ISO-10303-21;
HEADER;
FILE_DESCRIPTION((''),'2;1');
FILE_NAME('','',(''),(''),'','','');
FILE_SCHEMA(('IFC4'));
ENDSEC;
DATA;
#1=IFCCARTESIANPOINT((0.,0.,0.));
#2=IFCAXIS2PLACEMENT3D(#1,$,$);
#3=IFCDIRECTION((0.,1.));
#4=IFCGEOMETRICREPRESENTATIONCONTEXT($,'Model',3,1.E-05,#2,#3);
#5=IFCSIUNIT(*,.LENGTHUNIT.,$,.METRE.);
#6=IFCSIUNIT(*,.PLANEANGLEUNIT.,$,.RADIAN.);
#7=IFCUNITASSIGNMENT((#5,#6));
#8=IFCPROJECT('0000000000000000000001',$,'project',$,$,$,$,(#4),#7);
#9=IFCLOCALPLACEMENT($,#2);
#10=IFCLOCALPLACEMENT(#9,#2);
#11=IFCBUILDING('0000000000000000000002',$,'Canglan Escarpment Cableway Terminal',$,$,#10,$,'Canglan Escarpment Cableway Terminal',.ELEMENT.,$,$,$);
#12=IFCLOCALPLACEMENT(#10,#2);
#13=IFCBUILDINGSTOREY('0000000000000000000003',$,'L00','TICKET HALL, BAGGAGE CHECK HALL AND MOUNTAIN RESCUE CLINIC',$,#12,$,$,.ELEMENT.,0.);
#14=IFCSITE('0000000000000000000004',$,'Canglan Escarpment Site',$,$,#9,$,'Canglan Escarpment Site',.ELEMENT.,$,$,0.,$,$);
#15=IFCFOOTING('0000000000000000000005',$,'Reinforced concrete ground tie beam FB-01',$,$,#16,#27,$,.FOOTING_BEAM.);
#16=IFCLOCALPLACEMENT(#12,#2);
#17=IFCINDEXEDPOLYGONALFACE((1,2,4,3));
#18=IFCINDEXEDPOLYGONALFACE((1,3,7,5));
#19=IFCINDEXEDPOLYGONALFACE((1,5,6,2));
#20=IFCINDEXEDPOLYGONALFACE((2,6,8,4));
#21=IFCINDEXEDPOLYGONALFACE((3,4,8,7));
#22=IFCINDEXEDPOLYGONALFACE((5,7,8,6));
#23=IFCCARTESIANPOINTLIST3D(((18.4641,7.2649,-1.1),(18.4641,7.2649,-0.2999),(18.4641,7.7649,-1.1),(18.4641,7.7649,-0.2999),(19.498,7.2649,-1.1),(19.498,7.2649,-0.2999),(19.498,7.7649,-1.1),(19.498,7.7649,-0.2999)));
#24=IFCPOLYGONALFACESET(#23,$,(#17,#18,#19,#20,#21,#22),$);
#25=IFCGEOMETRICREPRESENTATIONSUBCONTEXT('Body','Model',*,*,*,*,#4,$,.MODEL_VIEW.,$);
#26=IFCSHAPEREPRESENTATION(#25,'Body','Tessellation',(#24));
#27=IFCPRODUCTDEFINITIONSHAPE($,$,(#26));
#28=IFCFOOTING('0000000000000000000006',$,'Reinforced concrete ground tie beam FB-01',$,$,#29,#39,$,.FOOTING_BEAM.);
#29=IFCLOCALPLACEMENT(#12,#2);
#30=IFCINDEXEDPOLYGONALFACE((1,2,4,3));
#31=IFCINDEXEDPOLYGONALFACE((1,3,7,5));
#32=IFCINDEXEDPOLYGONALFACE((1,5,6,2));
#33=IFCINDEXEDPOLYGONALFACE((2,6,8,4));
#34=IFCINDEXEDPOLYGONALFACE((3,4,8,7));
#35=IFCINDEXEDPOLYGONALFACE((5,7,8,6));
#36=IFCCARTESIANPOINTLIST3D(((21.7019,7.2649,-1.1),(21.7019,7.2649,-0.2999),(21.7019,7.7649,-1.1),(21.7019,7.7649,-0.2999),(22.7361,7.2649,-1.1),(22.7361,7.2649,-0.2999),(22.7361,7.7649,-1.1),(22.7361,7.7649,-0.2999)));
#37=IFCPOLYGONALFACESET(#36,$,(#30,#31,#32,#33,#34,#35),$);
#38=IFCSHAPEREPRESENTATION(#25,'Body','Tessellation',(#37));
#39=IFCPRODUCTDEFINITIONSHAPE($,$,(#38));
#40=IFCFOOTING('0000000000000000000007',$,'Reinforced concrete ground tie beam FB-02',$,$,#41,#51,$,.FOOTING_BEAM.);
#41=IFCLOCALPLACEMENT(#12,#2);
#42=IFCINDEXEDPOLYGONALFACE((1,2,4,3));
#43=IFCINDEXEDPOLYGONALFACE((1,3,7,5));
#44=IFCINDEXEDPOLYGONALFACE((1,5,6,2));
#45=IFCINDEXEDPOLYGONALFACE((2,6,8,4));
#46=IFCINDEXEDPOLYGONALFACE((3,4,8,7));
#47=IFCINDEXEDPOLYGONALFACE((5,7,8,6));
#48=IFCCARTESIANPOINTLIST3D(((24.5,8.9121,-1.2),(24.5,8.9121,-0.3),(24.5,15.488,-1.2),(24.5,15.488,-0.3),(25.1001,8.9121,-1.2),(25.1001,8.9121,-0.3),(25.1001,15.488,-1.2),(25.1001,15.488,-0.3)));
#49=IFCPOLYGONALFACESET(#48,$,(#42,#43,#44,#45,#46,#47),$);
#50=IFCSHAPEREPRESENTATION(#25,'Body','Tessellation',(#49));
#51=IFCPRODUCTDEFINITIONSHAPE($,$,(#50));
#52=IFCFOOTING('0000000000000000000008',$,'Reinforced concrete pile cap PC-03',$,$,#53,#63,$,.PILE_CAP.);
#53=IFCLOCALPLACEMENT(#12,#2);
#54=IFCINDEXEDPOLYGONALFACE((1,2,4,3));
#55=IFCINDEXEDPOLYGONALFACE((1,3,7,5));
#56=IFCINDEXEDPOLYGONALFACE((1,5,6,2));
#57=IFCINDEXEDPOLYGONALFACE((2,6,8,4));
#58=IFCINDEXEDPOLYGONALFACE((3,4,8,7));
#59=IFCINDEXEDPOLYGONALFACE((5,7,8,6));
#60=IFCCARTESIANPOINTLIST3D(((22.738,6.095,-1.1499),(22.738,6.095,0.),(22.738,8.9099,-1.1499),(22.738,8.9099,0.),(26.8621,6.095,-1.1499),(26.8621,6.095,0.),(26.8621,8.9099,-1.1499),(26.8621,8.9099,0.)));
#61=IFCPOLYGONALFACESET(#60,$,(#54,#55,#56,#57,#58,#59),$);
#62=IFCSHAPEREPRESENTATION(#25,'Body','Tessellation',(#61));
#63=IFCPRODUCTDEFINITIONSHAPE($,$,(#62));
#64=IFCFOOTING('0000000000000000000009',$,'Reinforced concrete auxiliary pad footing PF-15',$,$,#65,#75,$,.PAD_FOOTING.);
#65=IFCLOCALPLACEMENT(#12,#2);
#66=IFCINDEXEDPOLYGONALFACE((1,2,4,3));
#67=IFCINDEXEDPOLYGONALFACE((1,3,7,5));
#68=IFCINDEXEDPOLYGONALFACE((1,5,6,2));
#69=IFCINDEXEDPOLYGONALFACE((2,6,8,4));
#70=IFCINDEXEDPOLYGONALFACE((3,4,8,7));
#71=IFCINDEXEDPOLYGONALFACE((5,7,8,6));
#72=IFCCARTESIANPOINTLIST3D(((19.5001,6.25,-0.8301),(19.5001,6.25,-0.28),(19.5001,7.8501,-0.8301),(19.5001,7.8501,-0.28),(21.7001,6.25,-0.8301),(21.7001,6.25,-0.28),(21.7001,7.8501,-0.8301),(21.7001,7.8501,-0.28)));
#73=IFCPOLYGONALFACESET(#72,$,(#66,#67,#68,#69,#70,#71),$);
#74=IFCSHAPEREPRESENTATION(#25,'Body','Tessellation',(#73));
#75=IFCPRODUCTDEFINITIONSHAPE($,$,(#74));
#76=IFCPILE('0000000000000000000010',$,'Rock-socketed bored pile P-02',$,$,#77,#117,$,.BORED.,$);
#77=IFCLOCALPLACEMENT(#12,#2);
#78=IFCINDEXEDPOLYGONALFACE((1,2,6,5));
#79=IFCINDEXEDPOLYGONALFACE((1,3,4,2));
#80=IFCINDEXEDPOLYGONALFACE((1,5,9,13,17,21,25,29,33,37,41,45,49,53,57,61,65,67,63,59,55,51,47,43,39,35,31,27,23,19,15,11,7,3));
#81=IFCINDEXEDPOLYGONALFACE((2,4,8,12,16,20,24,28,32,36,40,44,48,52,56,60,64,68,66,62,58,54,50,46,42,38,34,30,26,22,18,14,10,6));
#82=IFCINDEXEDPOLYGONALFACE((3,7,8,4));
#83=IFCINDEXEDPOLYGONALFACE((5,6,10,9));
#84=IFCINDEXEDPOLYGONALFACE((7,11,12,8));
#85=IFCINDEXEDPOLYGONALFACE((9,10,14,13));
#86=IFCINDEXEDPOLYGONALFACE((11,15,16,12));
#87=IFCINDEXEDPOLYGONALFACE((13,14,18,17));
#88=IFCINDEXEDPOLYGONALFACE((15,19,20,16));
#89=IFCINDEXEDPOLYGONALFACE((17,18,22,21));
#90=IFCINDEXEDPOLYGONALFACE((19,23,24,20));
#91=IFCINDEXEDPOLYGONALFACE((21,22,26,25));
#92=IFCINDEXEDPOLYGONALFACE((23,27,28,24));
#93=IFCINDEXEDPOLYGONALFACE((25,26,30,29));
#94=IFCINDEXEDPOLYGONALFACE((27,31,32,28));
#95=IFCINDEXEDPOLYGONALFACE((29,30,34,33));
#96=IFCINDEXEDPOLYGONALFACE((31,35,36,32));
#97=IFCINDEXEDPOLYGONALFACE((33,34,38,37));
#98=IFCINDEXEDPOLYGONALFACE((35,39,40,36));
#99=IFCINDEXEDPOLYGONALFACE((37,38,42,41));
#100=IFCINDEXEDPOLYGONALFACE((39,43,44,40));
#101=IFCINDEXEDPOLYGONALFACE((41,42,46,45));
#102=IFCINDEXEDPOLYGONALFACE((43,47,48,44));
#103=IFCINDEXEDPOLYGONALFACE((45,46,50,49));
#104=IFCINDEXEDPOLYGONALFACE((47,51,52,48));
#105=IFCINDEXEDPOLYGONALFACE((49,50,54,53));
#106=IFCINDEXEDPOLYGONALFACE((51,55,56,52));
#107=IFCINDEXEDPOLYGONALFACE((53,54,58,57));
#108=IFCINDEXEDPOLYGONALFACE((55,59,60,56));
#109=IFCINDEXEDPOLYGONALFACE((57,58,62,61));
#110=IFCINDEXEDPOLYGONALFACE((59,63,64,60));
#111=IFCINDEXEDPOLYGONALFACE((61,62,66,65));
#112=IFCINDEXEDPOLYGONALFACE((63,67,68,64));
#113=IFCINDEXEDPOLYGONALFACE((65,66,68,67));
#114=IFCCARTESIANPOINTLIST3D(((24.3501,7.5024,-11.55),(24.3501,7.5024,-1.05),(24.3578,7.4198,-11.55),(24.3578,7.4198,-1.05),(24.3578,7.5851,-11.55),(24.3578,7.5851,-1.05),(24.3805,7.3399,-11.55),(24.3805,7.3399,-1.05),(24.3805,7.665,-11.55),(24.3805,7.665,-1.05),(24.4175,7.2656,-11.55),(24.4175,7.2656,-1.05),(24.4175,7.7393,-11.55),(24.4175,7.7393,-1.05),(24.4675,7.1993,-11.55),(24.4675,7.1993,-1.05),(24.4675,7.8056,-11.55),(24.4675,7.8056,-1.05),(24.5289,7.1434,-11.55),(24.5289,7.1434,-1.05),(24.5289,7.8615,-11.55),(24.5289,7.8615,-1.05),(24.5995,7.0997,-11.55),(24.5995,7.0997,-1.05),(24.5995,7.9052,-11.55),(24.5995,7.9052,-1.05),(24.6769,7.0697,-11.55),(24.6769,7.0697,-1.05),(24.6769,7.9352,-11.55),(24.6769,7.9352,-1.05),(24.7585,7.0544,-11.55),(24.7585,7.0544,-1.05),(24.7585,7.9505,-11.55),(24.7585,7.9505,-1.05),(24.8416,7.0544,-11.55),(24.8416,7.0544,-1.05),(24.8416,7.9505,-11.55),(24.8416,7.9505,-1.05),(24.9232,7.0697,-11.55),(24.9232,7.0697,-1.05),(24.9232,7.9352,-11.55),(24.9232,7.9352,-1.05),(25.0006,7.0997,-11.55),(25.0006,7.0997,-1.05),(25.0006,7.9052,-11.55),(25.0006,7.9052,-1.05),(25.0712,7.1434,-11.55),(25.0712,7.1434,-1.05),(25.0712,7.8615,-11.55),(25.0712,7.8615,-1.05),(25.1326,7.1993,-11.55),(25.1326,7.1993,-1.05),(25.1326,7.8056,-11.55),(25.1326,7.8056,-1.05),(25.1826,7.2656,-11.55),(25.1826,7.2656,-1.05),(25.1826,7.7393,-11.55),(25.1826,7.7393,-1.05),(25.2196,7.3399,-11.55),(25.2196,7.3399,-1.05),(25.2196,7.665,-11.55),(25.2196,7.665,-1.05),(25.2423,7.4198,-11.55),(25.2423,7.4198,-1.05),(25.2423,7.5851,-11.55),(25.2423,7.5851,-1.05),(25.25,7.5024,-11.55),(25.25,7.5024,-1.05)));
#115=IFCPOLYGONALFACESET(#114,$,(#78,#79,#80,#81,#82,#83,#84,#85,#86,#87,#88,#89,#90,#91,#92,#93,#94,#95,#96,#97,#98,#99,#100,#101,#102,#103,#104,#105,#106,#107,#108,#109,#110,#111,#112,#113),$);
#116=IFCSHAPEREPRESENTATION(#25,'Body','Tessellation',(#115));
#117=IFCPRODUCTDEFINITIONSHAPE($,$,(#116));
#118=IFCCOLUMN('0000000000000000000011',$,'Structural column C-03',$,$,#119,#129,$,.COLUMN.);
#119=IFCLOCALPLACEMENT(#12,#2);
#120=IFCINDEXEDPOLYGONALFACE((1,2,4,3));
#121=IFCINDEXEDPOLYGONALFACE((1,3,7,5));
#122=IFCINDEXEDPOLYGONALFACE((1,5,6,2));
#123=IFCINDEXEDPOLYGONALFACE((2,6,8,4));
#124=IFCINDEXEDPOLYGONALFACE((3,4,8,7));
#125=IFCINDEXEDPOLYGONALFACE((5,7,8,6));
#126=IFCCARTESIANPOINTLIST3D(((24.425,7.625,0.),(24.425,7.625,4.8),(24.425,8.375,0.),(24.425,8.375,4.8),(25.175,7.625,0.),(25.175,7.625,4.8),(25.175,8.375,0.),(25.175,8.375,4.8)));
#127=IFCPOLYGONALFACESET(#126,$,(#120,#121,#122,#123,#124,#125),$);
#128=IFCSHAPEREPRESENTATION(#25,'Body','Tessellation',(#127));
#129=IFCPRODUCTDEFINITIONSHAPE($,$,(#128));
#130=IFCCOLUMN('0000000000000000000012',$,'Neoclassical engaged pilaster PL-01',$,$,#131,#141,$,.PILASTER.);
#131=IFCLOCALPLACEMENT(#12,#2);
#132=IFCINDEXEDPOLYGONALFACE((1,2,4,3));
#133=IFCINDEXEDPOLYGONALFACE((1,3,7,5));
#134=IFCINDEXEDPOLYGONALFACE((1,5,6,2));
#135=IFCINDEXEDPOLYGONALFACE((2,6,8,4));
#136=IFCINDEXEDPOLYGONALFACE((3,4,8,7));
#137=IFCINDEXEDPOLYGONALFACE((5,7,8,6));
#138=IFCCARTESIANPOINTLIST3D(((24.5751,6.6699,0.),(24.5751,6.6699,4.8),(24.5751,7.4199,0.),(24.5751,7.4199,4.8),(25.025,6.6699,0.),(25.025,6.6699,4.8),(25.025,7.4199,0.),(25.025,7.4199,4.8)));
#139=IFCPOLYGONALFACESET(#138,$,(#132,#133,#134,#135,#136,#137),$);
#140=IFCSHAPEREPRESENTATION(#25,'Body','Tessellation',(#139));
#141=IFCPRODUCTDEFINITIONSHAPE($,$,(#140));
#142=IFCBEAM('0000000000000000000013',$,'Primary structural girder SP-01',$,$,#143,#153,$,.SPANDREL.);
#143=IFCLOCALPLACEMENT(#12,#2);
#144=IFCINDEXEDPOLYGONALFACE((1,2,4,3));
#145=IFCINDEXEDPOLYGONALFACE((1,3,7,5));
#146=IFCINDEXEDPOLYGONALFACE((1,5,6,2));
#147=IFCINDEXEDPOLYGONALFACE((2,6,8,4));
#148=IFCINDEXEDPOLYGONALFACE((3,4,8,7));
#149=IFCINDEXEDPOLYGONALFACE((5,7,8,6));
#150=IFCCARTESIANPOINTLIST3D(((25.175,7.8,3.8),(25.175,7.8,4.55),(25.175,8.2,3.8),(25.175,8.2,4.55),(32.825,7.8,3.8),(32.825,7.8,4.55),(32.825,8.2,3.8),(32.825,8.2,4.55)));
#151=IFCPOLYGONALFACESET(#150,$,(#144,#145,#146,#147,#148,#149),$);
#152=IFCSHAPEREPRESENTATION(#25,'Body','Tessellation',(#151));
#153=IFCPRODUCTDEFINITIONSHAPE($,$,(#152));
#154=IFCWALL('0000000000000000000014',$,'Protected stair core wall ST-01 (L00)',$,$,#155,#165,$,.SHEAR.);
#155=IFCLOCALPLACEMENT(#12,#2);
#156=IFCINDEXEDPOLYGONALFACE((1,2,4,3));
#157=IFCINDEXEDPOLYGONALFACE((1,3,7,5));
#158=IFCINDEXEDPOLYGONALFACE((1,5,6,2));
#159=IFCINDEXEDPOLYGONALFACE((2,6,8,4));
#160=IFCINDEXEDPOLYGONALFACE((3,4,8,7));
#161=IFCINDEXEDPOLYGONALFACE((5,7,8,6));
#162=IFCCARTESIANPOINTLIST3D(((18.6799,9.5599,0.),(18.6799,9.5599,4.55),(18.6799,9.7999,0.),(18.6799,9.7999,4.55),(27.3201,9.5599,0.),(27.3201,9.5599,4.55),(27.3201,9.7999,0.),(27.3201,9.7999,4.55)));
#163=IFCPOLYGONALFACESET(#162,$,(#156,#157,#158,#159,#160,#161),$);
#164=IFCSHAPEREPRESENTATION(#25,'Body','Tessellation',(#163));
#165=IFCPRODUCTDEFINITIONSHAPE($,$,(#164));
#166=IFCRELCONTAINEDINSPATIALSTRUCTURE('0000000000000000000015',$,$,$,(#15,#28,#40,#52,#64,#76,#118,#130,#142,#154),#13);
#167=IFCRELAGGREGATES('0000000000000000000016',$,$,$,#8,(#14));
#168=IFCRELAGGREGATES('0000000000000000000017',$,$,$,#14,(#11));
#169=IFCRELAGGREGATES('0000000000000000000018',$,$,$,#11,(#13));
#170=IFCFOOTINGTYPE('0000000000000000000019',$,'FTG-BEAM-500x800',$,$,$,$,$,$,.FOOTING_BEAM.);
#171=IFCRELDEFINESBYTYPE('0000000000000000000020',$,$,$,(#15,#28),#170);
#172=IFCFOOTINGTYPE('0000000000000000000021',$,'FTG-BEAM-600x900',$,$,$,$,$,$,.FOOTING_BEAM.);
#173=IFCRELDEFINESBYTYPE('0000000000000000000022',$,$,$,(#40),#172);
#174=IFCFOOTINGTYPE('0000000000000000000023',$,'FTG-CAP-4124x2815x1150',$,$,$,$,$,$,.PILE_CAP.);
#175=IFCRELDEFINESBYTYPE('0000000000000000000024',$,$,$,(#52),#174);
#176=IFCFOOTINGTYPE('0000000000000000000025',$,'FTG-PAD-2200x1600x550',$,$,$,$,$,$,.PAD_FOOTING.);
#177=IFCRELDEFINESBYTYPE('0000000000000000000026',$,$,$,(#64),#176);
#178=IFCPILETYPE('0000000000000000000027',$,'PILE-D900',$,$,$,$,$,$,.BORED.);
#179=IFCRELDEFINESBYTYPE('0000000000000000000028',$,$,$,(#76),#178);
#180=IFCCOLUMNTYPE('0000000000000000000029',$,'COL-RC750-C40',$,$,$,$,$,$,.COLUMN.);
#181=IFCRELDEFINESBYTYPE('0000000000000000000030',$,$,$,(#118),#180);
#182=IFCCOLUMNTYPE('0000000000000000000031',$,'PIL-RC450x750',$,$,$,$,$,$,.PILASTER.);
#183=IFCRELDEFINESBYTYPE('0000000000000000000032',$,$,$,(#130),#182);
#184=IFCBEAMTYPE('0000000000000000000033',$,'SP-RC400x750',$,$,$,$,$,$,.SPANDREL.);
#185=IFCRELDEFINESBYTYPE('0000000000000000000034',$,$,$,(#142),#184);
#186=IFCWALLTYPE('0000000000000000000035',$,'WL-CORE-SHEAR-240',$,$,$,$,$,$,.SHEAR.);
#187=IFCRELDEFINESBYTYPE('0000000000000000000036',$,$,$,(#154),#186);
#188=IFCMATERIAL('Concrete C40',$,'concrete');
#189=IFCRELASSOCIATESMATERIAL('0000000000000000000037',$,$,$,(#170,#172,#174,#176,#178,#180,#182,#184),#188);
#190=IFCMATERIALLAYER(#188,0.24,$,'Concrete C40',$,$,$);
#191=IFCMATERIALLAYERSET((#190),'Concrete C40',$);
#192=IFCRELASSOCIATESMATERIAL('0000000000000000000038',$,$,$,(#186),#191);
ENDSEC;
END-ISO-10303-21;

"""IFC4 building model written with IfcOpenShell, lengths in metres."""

from ifc_helpers import new_model, si_unit, direction, frame, frame_2d, origin, origin_2d, place, context, subcontext, project, spatial, rectangle, circle, extrude, material, layer, layer_set, material_profile, profile_set, type_object, element, save


model = new_model("IFC4")

# Units and contexts
model_context = context("Model", 3, precision=1e-05, world=origin(), true_north=direction((0.0, 1.0)))
body_context = subcontext(model_context, "Body", "Model", "MODEL_VIEW")
ifc_project = project(units=[si_unit("LENGTHUNIT", "METRE"), si_unit("PLANEANGLEUNIT", "RADIAN")], contexts=[model_context])

# Site, building, storey
site_placement = place(None, origin())
site = spatial("IfcSite", under=ifc_project, at=site_placement, Name="Canglan Escarpment Site", LongName="Canglan Escarpment Site", CompositionType="ELEMENT", RefElevation=0.0)
building_placement = place(site_placement, origin())
building = spatial("IfcBuilding", under=site, at=building_placement, Name="Canglan Escarpment Cableway Terminal", LongName="Canglan Escarpment Cableway Terminal", CompositionType="ELEMENT")
storey_placement = place(building_placement, origin())
storey = spatial("IfcBuildingStorey", under=building, at=storey_placement, Name="L00", Description="TICKET HALL, BAGGAGE CHECK HALL AND MOUNTAIN RESCUE CLINIC", CompositionType="ELEMENT", Elevation=0.0)

# Footings
ifc_material_1 = material(Name="Concrete C40", Category="concrete")
ifc_material_profile_1 = material_profile(ifc_material_1, rectangle(XDim=0.5, YDim=0.8, at=origin_2d()), Name="FB 500x800")
ifc_profile_set_1 = profile_set([ifc_material_profile_1], Name="Concrete C40")
footing_type_1 = type_object("IfcFootingType", Name="FTG-BEAM-500x800", PredefinedType="FOOTING_BEAM", material=ifc_profile_set_1)
footing_1_placement = place(storey_placement, frame((18.4641, 7.5149, -0.7), z_axis=(1.0, 0.0, 0.0), x_axis=(0.0, 1.0, 0.0)))
element("IfcFooting", 1, at=footing_1_placement, inside=storey, type_object=footing_type_1, Name="Reinforced concrete ground tie beam FB-01", PredefinedType="FOOTING_BEAM", context=body_context, shape_type="SweptSolid", body=[
    extrude(rectangle(XDim=0.5, YDim=0.8, at=origin_2d()), origin(), (0.0, 0.0, 1.0), 1.0339),
])
footing_2_placement = place(storey_placement, frame((21.7019, 7.5149, -0.7), z_axis=(1.0, 0.0, 0.0), x_axis=(0.0, 1.0, 0.0)))
element("IfcFooting", 2, at=footing_2_placement, inside=storey, type_object=footing_type_1, Name="Reinforced concrete ground tie beam FB-01", PredefinedType="FOOTING_BEAM", context=body_context, shape_type="SweptSolid", body=[
    extrude(rectangle(XDim=0.5, YDim=0.8, at=origin_2d()), origin(), (0.0, 0.0, 1.0), 1.0342),
])
ifc_material_profile_2 = material_profile(ifc_material_1, rectangle(XDim=0.6001, YDim=0.8999, at=origin_2d()), Name="FB 600x900")
ifc_profile_set_2 = profile_set([ifc_material_profile_2], Name="Concrete C40")
footing_type_2 = type_object("IfcFootingType", Name="FTG-BEAM-600x900", PredefinedType="FOOTING_BEAM", material=ifc_profile_set_2)
footing_3_placement = place(storey_placement, frame((24.8, 8.9121, -0.75), z_axis=(0.0, 1.0, 0.0), x_axis=(-1.0, 0.0, 0.0)))
element("IfcFooting", 3, at=footing_3_placement, inside=storey, type_object=footing_type_2, Name="Reinforced concrete ground tie beam FB-02", PredefinedType="FOOTING_BEAM", context=body_context, shape_type="SweptSolid", body=[
    extrude(rectangle(XDim=0.6001, YDim=0.8999, at=origin_2d()), origin(), (0.0, 0.0, 1.0), 6.5759),
])
footing_type_3 = type_object("IfcFootingType", Name="FTG-CAP-4124x2815x1150", PredefinedType="PILE_CAP", material=ifc_material_1)
footing_4_placement = place(storey_placement, frame((24.8, 7.5024, -1.1499), z_axis=(0.0, 0.0, 1.0), x_axis=(1.0, 0.0, 0.0)))
element("IfcFooting", 4, at=footing_4_placement, inside=storey, type_object=footing_type_3, Name="Reinforced concrete pile cap PC-03", PredefinedType="PILE_CAP", context=body_context, shape_type="SweptSolid", body=[
    extrude(rectangle(XDim=4.124, YDim=2.8149, at=origin_2d()), origin(), (0.0, 0.0, 1.0), 1.1499),
])
footing_type_4 = type_object("IfcFootingType", Name="FTG-PAD-2200x1600x550", PredefinedType="PAD_FOOTING", material=ifc_material_1)
footing_5_placement = place(storey_placement, frame((20.6001, 7.05, -0.8301), z_axis=(0.0, 0.0, 1.0), x_axis=(1.0, 0.0, 0.0)))
element("IfcFooting", 5, at=footing_5_placement, inside=storey, type_object=footing_type_4, Name="Reinforced concrete auxiliary pad footing PF-15", PredefinedType="PAD_FOOTING", context=body_context, shape_type="SweptSolid", body=[
    extrude(rectangle(XDim=2.2, YDim=1.6001, at=origin_2d()), origin(), (0.0, 0.0, 1.0), 0.55),
])

# Pile
ifc_material_profile_3 = material_profile(ifc_material_1, circle(Radius=0.45, at=origin_2d()), Name="BORED PILE D900")
ifc_profile_set_3 = profile_set([ifc_material_profile_3], Name="Concrete C40")
pile_type = type_object("IfcPileType", Name="PILE-D900", PredefinedType="BORED", material=ifc_profile_set_3)
pile_placement = place(storey_placement, frame((24.8, 7.5024, -1.05), z_axis=(0.0, 0.0, -1.0), x_axis=(1.0, 0.0, 0.0)))
element("IfcPile", 6, at=pile_placement, inside=storey, type_object=pile_type, Name="Rock-socketed bored pile P-02", PredefinedType="BORED", context=body_context, shape_type="SweptSolid", body=[
    extrude(circle(Radius=0.45, at=origin_2d()), origin(), (0.0, 0.0, 1.0), 10.5),
])

# Columns
ifc_material_profile_4 = material_profile(ifc_material_1, rectangle(XDim=0.75, YDim=0.75, at=origin_2d()), Name="RC 750x750")
ifc_profile_set_4 = profile_set([ifc_material_profile_4], Name="Concrete C40")
column_type_1 = type_object("IfcColumnType", Name="COL-RC750-C40", PredefinedType="COLUMN", material=ifc_profile_set_4)
column_1_placement = place(storey_placement, frame((24.8, 8.0, 0.0), z_axis=(0.0, 0.0, 1.0), x_axis=(1.0, 0.0, 0.0)))
element("IfcColumn", 7, at=column_1_placement, inside=storey, type_object=column_type_1, Name="Structural column C-03", PredefinedType="COLUMN", context=body_context, shape_type="SweptSolid", body=[
    extrude(rectangle(XDim=0.75, YDim=0.75, at=origin_2d()), origin(), (0.0, 0.0, 1.0), 4.8),
])
ifc_material_profile_5 = material_profile(ifc_material_1, rectangle(XDim=0.45, YDim=0.75, at=origin_2d()), Name="RC-PIL 450x750")
ifc_profile_set_5 = profile_set([ifc_material_profile_5], Name="Concrete C40")
column_type_2 = type_object("IfcColumnType", Name="PIL-RC450x750", PredefinedType="PILASTER", material=ifc_profile_set_5)
column_2_placement = place(storey_placement, frame((24.8, 7.0449, 0.0), z_axis=(0.0, 0.0, 1.0), x_axis=(1.0, 0.0, 0.0)))
element("IfcColumn", 8, at=column_2_placement, inside=storey, type_object=column_type_2, Name="Neoclassical engaged pilaster PL-01", PredefinedType="PILASTER", context=body_context, shape_type="SweptSolid", body=[
    extrude(rectangle(XDim=0.45, YDim=0.75, at=origin_2d()), origin(), (0.0, 0.0, 1.0), 4.8),
])

# Beam
ifc_material_profile_6 = material_profile(ifc_material_1, rectangle(XDim=0.3999, YDim=0.75, at=origin_2d()), Name="RC 400x750")
ifc_profile_set_6 = profile_set([ifc_material_profile_6], Name="Concrete C40")
beam_type = type_object("IfcBeamType", Name="SP-RC400x750", PredefinedType="SPANDREL", material=ifc_profile_set_6)
beam_placement = place(storey_placement, frame((25.175, 8.0, 4.175), z_axis=(1.0, 0.0, 0.0), x_axis=(0.0, 1.0, 0.0)))
element("IfcBeam", 9, at=beam_placement, inside=storey, type_object=beam_type, Name="Primary structural girder SP-01", PredefinedType="SPANDREL", context=body_context, shape_type="SweptSolid", body=[
    extrude(rectangle(XDim=0.3999, YDim=0.75, at=origin_2d()), origin(), (0.0, 0.0, 1.0), 7.6499),
])

# Wall
ifc_layer_1 = layer(ifc_material_1, 0.24, Name="Concrete C40")
ifc_layer_set_1 = layer_set([ifc_layer_1], Name="Concrete C40")
wall_type_1 = type_object("IfcWallType", Name="WL-CORE-SHEAR-240", PredefinedType="SHEAR", material=ifc_layer_set_1)
wall_1_placement = place(storey_placement, frame((18.6799, 9.6799, 0.0), z_axis=(0.0, 0.0, 1.0), x_axis=(1.0, 0.0, 0.0)))
element("IfcWall", 10, at=wall_1_placement, inside=storey, type_object=wall_type_1, Name="Protected stair core wall ST-01 (L00)", PredefinedType="SHEAR", context=body_context, shape_type="SweptSolid", body=[
    extrude(rectangle(XDim=8.6401, YDim=0.24, at=frame_2d((4.3201, 0.0))), origin(), (0.0, 0.0, 1.0), 4.55),
])

save(model, "model.ifc")
